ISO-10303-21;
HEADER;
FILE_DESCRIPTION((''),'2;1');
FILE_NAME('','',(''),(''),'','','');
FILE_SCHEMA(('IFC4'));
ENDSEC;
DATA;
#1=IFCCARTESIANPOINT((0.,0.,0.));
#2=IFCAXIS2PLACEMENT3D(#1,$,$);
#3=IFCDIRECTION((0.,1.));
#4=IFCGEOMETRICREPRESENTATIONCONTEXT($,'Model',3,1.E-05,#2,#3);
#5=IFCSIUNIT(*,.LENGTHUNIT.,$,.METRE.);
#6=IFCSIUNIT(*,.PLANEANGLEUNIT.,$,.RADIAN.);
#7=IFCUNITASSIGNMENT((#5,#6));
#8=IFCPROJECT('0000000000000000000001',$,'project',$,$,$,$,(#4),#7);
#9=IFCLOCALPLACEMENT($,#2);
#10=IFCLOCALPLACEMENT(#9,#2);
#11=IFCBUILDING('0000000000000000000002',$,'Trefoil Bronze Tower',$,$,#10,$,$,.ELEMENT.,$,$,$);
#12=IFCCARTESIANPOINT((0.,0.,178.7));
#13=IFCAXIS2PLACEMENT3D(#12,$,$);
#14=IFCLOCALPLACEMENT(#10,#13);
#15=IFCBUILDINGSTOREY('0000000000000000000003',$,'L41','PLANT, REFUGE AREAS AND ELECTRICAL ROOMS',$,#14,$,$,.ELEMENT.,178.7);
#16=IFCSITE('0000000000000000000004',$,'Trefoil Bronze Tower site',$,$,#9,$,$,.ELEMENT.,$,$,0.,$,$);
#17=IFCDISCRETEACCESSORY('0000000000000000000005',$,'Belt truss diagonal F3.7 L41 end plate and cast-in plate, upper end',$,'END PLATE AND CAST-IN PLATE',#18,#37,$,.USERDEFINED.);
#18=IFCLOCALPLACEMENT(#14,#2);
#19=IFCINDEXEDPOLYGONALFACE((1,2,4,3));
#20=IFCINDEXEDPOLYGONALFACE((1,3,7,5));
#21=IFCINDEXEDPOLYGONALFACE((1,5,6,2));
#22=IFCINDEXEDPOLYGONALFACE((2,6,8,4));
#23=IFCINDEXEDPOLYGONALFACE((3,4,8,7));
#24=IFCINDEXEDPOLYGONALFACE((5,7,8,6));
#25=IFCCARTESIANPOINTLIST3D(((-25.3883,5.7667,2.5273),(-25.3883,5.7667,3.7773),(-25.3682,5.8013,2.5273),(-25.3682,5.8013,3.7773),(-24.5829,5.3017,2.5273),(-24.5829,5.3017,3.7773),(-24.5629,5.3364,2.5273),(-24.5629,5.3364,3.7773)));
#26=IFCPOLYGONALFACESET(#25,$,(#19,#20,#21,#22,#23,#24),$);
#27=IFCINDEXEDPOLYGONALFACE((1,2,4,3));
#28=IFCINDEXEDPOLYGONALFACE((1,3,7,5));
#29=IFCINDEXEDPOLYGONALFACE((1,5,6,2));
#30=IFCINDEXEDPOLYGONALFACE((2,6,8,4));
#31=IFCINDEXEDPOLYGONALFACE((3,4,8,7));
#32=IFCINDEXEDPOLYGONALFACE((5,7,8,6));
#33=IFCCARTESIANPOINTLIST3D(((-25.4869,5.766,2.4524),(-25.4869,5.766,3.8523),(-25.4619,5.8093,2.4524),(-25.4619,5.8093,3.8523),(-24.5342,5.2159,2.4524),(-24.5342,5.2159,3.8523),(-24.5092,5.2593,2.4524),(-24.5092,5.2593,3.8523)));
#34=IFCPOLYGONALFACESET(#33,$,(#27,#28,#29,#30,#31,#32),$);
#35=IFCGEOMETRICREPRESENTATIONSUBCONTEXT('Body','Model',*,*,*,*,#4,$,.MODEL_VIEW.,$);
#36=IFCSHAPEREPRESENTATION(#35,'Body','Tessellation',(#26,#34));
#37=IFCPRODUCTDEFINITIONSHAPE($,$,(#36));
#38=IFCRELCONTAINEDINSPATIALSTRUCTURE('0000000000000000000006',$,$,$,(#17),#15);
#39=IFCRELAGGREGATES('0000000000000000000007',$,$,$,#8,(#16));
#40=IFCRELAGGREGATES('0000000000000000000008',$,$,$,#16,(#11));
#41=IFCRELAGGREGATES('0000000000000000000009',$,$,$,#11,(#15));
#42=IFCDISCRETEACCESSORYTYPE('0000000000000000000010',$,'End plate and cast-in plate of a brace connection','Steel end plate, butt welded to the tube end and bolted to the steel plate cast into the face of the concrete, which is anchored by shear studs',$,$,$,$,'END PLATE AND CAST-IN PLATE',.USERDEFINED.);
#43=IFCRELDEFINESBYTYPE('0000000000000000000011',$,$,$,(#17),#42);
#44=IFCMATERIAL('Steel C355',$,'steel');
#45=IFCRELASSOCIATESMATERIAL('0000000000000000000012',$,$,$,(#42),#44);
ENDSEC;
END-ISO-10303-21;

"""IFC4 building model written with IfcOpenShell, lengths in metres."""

from ifc_helpers import new_model, si_unit, direction, frame, origin, origin_2d, place, context, subcontext, project, spatial, rectangle, extrude, material, type_object, element, save


model = new_model("IFC4")

# Units and contexts
model_context = context("Model", 3, precision=1e-05, world=origin(), true_north=direction((0.0, 1.0)))
body_context = subcontext(model_context, "Body", "Model", "MODEL_VIEW")
ifc_project = project(units=[si_unit("LENGTHUNIT", "METRE"), si_unit("PLANEANGLEUNIT", "RADIAN")], contexts=[model_context])

# Site, building, storey
site_placement = place(None, origin())
site = spatial("IfcSite", under=ifc_project, at=site_placement, Name="Trefoil Bronze Tower site", CompositionType="ELEMENT", RefElevation=0.0)
building_placement = place(site_placement, origin())
building = spatial("IfcBuilding", under=site, at=building_placement, Name="Trefoil Bronze Tower", CompositionType="ELEMENT")
storey_placement = place(building_placement, frame((0.0, 0.0, 178.7)))
storey = spatial("IfcBuildingStorey", under=building, at=storey_placement, Name="L41", Description="PLANT, REFUGE AREAS AND ELECTRICAL ROOMS", CompositionType="ELEMENT", Elevation=178.7)

# Discrete accessory
ifc_material_1 = material(Name="Steel C355", Category="steel")
discrete_accessory_type = type_object("IfcDiscreteAccessoryType", Name="End plate and cast-in plate of a brace connection", Description="Steel end plate, butt welded to the tube end and bolted to the steel plate cast into the face of the concrete, which is anchored by shear studs", ElementType="END PLATE AND CAST-IN PLATE", PredefinedType="USERDEFINED", material=ifc_material_1)
discrete_accessory_1_placement = place(storey_placement, frame((-24.9856, 5.5342, 3.1523), z_axis=(0.0, 0.0, 1.0), x_axis=(0.5, 0.866025, 0.0)))
element("IfcDiscreteAccessory", 1, at=discrete_accessory_1_placement, inside=storey, type_object=discrete_accessory_type, Name="Belt truss diagonal F3.7 L41 end plate and cast-in plate, upper end", ObjectType="END PLATE AND CAST-IN PLATE", PredefinedType="USERDEFINED", context=body_context, shape_type="SweptSolid", body=[
    extrude(rectangle(XDim=0.04, YDim=0.9299, at=origin_2d()), frame((0.02, 0.0, -0.625)), (0.0, 0.0, 1.0), 1.25),
    extrude(rectangle(XDim=0.05, YDim=1.1001, at=origin_2d()), frame((-0.0249, 0.0, -0.7)), (0.0, 0.0, 1.0), 1.3999),
])

save(model, "model.ifc")
